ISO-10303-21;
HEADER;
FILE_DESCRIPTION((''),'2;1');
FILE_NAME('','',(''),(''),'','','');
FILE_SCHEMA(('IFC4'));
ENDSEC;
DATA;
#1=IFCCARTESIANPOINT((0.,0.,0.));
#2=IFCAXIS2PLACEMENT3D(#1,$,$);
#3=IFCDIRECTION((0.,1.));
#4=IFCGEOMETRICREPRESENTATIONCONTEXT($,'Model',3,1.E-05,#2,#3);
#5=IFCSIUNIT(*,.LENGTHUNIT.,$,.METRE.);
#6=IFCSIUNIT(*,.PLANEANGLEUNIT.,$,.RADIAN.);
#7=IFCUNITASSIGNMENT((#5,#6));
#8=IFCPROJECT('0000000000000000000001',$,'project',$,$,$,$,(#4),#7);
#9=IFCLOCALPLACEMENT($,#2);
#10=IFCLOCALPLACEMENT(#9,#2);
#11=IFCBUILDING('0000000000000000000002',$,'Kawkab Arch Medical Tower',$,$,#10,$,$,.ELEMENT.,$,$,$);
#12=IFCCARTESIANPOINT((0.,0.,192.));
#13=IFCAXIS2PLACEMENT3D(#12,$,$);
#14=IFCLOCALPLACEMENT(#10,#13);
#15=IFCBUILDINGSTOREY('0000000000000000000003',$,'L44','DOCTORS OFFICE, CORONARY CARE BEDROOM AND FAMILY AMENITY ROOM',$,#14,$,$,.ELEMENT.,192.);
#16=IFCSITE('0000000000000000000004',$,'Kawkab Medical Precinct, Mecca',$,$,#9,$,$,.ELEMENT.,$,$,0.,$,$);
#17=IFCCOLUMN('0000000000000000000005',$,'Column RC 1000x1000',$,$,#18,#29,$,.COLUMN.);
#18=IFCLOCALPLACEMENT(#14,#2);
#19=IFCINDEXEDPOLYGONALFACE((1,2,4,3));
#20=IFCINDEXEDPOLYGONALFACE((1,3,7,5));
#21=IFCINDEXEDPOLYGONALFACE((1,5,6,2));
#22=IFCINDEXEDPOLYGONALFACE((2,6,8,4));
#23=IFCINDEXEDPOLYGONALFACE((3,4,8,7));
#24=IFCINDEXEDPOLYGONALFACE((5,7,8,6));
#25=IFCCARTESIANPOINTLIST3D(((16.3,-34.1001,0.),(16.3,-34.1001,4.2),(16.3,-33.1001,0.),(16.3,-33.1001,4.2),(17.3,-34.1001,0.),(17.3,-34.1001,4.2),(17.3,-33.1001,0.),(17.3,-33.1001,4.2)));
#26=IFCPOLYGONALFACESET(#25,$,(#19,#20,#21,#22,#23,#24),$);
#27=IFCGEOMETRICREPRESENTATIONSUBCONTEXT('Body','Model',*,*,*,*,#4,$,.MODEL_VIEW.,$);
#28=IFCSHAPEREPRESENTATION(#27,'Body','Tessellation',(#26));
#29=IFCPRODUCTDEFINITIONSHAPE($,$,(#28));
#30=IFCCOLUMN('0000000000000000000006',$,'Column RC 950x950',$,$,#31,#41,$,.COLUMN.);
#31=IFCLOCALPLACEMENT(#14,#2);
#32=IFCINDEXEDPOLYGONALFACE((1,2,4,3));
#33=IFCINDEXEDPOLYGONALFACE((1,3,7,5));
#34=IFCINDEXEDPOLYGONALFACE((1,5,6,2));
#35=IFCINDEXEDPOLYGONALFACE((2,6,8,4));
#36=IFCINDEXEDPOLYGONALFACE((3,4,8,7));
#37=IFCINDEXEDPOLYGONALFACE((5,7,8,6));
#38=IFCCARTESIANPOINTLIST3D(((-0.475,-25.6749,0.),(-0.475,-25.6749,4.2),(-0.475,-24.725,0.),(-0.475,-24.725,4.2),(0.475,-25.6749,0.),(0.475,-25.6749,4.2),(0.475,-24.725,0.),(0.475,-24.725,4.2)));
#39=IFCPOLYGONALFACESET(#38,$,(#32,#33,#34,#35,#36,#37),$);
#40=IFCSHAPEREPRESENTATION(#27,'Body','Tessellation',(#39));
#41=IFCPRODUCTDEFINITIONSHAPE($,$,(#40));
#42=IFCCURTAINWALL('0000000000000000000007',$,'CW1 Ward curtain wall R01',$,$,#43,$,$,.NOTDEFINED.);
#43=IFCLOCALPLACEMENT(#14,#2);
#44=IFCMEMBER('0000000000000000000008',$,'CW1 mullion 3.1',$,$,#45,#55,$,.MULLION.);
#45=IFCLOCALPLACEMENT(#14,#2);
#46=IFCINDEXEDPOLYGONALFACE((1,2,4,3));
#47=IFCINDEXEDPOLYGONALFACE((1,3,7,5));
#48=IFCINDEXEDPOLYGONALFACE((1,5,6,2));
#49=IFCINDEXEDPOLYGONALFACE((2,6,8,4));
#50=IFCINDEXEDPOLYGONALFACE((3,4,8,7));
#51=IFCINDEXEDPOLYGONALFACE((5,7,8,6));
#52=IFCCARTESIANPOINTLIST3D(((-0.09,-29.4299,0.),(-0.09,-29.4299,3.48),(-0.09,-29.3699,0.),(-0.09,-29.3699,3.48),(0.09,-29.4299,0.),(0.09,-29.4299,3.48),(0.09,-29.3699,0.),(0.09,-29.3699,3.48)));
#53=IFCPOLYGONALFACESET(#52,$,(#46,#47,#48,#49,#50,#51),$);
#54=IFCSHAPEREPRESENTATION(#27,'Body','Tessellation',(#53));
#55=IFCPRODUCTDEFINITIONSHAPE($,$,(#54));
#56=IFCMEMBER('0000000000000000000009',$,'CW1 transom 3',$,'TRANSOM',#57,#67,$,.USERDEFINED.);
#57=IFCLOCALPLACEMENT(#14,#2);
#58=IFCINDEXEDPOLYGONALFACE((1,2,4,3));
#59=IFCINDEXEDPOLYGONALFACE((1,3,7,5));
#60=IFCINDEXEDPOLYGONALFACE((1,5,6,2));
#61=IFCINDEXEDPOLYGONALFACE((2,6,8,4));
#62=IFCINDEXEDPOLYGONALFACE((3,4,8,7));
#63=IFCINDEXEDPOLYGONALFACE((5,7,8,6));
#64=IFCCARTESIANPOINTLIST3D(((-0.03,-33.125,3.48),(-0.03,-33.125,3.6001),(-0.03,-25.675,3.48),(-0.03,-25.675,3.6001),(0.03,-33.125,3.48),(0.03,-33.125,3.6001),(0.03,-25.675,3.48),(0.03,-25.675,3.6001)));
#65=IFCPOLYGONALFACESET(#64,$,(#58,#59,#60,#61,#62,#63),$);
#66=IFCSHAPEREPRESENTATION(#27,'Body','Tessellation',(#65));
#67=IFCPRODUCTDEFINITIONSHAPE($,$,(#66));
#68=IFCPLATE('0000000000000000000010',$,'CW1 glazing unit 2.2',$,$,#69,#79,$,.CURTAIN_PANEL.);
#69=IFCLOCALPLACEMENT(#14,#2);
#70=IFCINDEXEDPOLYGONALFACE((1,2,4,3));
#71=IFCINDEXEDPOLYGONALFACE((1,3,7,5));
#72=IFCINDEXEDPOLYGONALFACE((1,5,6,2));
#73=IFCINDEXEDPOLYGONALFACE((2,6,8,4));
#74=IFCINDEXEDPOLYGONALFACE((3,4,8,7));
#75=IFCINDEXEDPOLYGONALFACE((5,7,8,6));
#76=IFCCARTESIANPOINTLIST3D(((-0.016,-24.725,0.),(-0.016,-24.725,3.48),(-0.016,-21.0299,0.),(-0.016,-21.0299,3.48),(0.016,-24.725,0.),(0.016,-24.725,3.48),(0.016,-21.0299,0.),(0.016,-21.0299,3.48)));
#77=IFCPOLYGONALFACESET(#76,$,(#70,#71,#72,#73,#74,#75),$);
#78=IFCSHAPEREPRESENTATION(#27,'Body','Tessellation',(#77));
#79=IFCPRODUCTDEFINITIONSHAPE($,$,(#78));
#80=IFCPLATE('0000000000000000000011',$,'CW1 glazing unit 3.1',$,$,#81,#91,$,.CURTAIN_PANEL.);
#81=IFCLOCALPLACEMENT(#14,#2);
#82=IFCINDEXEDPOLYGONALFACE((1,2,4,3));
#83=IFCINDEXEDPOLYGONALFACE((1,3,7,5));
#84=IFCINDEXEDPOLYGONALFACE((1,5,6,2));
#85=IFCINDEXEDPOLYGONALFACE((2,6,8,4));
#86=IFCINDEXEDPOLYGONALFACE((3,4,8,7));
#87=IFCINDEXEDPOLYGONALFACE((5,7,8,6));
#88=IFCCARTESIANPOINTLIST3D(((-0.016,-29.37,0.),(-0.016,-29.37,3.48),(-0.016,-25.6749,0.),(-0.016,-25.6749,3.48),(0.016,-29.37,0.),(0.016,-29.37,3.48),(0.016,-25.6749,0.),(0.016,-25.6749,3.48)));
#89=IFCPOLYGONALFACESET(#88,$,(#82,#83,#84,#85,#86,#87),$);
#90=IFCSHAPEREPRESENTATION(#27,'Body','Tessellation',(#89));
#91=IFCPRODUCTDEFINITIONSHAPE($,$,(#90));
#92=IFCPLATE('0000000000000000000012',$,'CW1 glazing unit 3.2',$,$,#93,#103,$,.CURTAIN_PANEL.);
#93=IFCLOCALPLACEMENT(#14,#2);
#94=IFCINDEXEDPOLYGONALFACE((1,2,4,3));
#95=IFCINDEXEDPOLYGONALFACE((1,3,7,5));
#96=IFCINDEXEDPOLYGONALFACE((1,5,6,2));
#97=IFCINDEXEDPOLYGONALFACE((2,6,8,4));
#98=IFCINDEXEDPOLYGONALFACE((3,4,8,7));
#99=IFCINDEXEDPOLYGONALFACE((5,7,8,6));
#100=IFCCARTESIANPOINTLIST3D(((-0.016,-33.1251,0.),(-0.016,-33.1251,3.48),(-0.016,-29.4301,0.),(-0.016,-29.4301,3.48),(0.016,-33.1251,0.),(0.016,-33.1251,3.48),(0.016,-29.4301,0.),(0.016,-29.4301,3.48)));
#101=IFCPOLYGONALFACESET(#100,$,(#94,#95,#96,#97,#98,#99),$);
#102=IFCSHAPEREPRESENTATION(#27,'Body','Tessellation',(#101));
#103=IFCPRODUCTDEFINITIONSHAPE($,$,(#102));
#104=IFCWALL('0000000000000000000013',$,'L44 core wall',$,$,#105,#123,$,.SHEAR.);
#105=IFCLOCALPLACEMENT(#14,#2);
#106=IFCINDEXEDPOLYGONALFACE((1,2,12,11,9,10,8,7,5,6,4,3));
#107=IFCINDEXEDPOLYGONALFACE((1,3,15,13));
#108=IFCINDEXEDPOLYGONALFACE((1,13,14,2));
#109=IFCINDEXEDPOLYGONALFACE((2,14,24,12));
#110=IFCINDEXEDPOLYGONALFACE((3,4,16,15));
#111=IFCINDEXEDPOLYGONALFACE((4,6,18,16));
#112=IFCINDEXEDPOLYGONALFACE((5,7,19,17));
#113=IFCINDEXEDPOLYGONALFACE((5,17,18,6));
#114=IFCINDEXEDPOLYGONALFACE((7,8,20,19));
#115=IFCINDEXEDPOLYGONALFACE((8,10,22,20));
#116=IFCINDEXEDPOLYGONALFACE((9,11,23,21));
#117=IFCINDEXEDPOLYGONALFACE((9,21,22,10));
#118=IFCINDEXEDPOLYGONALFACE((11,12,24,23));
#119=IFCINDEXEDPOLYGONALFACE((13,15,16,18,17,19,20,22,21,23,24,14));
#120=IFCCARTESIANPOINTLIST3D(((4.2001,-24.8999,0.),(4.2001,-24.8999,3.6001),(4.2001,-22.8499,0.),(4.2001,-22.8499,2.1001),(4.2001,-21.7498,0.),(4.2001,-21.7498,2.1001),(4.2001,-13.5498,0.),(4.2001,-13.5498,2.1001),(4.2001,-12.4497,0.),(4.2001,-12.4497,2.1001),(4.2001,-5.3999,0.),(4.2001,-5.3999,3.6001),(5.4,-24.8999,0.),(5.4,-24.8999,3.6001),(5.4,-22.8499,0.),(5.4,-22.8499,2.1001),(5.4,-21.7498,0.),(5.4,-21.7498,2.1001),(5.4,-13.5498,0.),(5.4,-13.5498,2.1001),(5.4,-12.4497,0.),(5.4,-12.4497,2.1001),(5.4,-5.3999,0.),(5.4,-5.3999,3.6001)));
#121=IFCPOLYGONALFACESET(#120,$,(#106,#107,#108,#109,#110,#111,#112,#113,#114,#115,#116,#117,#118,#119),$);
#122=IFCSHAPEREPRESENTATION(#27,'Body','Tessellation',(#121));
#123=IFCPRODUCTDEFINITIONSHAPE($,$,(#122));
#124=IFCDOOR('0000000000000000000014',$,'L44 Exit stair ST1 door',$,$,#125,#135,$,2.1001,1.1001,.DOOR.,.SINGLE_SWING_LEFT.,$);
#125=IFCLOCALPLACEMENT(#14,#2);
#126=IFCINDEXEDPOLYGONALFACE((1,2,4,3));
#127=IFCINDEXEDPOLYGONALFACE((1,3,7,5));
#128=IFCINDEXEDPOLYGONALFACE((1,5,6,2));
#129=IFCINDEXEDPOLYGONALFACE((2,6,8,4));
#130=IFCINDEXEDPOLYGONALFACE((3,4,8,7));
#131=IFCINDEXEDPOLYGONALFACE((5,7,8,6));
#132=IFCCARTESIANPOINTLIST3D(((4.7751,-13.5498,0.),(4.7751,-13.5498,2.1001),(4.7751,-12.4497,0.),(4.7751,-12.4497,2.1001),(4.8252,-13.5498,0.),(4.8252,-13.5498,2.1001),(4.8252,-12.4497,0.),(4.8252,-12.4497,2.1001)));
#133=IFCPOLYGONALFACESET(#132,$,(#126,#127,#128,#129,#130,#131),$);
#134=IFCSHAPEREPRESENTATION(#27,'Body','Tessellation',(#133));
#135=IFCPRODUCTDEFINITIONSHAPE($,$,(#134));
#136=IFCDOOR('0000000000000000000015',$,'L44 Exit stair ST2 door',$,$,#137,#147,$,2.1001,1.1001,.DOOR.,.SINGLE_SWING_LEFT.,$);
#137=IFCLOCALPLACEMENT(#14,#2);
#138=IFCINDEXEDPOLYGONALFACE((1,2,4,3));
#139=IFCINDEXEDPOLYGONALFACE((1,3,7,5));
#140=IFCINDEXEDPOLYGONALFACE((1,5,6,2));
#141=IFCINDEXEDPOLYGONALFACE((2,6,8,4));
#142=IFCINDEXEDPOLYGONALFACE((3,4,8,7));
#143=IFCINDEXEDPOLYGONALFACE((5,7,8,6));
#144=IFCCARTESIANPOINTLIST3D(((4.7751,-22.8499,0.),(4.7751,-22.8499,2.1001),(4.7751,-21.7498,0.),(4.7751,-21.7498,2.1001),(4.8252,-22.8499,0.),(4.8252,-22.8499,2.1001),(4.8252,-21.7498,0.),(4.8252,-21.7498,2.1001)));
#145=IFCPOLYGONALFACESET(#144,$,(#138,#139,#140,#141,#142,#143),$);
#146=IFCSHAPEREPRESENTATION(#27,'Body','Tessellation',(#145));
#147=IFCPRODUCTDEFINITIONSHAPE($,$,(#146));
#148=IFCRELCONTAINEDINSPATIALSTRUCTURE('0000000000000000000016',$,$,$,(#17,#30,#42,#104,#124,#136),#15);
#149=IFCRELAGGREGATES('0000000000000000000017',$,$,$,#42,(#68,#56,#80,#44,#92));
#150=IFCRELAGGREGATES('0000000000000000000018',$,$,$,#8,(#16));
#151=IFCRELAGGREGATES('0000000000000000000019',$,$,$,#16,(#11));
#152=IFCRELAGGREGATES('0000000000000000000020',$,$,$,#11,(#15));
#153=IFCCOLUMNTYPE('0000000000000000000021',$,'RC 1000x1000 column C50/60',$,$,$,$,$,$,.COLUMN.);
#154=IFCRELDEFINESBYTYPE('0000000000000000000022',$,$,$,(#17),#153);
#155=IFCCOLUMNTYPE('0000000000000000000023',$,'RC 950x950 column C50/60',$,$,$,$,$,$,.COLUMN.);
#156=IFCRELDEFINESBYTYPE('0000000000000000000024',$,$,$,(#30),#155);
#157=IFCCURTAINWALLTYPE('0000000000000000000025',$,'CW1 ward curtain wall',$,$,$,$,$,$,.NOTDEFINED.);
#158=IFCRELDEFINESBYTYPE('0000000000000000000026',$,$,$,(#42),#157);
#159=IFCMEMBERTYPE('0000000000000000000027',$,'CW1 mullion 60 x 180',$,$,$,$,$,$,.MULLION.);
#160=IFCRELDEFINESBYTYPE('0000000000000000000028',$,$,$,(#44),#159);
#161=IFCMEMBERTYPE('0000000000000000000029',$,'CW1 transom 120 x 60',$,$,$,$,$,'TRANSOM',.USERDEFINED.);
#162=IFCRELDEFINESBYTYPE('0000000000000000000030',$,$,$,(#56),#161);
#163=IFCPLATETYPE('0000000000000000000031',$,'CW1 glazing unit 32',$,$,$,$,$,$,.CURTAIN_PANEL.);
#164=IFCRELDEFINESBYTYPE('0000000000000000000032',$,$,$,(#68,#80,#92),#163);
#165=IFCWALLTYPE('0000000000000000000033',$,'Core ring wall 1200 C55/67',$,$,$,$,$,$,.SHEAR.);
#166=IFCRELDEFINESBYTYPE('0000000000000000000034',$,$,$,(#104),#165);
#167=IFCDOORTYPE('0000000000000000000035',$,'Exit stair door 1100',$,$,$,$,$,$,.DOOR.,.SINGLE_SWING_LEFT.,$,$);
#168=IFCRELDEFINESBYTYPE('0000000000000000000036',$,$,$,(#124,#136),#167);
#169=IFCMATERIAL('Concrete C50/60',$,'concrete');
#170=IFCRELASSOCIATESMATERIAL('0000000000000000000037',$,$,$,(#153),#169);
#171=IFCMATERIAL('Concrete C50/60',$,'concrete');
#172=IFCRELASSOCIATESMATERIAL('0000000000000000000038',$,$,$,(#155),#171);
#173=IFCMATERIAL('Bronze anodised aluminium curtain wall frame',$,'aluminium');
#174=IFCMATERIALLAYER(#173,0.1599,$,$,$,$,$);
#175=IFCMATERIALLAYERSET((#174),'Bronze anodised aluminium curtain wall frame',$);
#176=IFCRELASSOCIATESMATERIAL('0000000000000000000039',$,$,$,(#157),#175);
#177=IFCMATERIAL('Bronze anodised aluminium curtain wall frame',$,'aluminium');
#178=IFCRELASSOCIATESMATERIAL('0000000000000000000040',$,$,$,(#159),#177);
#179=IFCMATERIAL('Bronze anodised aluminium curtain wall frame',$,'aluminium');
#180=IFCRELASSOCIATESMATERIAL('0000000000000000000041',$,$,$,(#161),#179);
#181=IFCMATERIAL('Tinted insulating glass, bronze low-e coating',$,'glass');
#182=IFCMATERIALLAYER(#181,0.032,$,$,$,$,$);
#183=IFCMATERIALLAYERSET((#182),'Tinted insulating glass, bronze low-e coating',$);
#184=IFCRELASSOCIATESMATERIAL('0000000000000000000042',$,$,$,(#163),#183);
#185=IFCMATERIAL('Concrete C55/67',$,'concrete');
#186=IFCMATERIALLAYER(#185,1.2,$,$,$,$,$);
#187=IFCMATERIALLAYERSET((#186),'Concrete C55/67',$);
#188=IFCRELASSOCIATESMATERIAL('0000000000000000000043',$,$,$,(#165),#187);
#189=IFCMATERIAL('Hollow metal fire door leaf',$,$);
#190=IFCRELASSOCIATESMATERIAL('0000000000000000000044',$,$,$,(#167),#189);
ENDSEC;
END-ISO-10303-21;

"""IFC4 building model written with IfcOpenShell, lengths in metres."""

from ifc_helpers import new_model, si_unit, direction, frame, frame_2d, origin, origin_2d, place, context, subcontext, project, spatial, rectangle, extrude, material, layer, layer_set, material_profile, profile_set, type_object, element, fill, aggregate, save


model = new_model("IFC4")

# Units and contexts
model_context = context("Model", 3, precision=1e-05, world=origin(), true_north=direction((0.0, 1.0)))
body_context = subcontext(model_context, "Body", "Model", "MODEL_VIEW")
ifc_project = project(units=[si_unit("LENGTHUNIT", "METRE"), si_unit("PLANEANGLEUNIT", "RADIAN")], contexts=[model_context])

# Site, building, storey
site_placement = place(None, origin())
site = spatial("IfcSite", under=ifc_project, at=site_placement, Name="Kawkab Medical Precinct, Mecca", CompositionType="ELEMENT", RefElevation=0.0)
building_placement = place(site_placement, origin())
building = spatial("IfcBuilding", under=site, at=building_placement, Name="Kawkab Arch Medical Tower", CompositionType="ELEMENT")
storey_placement = place(building_placement, frame((0.0, 0.0, 192.0)))
storey = spatial("IfcBuildingStorey", under=building, at=storey_placement, Name="L44", Description="DOCTORS OFFICE, CORONARY CARE BEDROOM AND FAMILY AMENITY ROOM", CompositionType="ELEMENT", Elevation=192.0)

# Columns
ifc_material_1 = material(Name="Concrete C50/60", Category="concrete")
ifc_material_profile_1 = material_profile(ifc_material_1, rectangle(XDim=1.0, YDim=1.0, at=origin_2d()), Name="RC 1000x1000")
ifc_profile_set_1 = profile_set([ifc_material_profile_1], Name="Concrete C50/60")
column_type_1 = type_object("IfcColumnType", Name="RC 1000x1000 column C50/60", PredefinedType="COLUMN", material=ifc_profile_set_1)
column_1_placement = place(storey_placement, frame((16.8, -33.6001, 0.0), z_axis=(0.0, 0.0, 1.0), x_axis=(1.0, 0.0, 0.0)))
element("IfcColumn", 1, at=column_1_placement, inside=storey, type_object=column_type_1, Name="Column RC 1000x1000", PredefinedType="COLUMN", context=body_context, shape_type="SweptSolid", body=[
    extrude(rectangle(XDim=1.0, YDim=1.0, at=origin_2d()), origin(), (0.0, 0.0, 1.0), 4.2),
])
ifc_material_2 = material(Name="Concrete C50/60", Category="concrete")
ifc_material_profile_2 = material_profile(ifc_material_2, rectangle(XDim=0.95, YDim=0.95, at=origin_2d()), Name="RC 950x950")
ifc_profile_set_2 = profile_set([ifc_material_profile_2], Name="Concrete C50/60")
column_type_2 = type_object("IfcColumnType", Name="RC 950x950 column C50/60", PredefinedType="COLUMN", material=ifc_profile_set_2)
column_2_placement = place(storey_placement, frame((0.0, -25.2, 0.0), z_axis=(0.0, 0.0, 1.0), x_axis=(1.0, 0.0, 0.0)))
element("IfcColumn", 2, at=column_2_placement, inside=storey, type_object=column_type_2, Name="Column RC 950x950", PredefinedType="COLUMN", context=body_context, shape_type="SweptSolid", body=[
    extrude(rectangle(XDim=0.95, YDim=0.95, at=origin_2d()), origin(), (0.0, 0.0, 1.0), 4.2),
])

# Curtain wall, members, plates
ifc_material_3 = material(Name="Bronze anodised aluminium curtain wall frame", Category="aluminium")
ifc_layer_1 = layer(ifc_material_3, 0.1599)
ifc_layer_set_1 = layer_set([ifc_layer_1], Name="Bronze anodised aluminium curtain wall frame")
curtain_wall_type = type_object("IfcCurtainWallType", Name="CW1 ward curtain wall", PredefinedType="NOTDEFINED", material=ifc_layer_set_1)
placement = place(storey_placement, origin())
curtain_wall = element("IfcCurtainWall", 3, at=placement, inside=storey, type_object=curtain_wall_type, Name="CW1 Ward curtain wall R01", PredefinedType="NOTDEFINED")
ifc_material_4 = material(Name="Bronze anodised aluminium curtain wall frame", Category="aluminium")
ifc_material_profile_3 = material_profile(ifc_material_4, rectangle(XDim=0.1799, YDim=0.0601, at=origin_2d()), Name="AL 60x180")
ifc_profile_set_3 = profile_set([ifc_material_profile_3], Name="Bronze anodised aluminium curtain wall frame")
member_type_1 = type_object("IfcMemberType", Name="CW1 mullion 60 x 180", PredefinedType="MULLION", material=ifc_profile_set_3)
member_1_placement = place(storey_placement, frame((0.0, -29.3999, 0.0), z_axis=(0.0, 0.0, 1.0), x_axis=(1.0, 0.0, 0.0)))
member_1 = element("IfcMember", 4, at=member_1_placement, type_object=member_type_1, Name="CW1 mullion 3.1", PredefinedType="MULLION", context=body_context, shape_type="SweptSolid", body=[
    extrude(rectangle(XDim=0.1799, YDim=0.0601, at=origin_2d()), origin(), (0.0, 0.0, 1.0), 3.48),
])
ifc_material_5 = material(Name="Bronze anodised aluminium curtain wall frame", Category="aluminium")
ifc_material_profile_4 = material_profile(ifc_material_5, rectangle(XDim=0.0601, YDim=0.1201, at=origin_2d()), Name="AL 60x120")
ifc_profile_set_4 = profile_set([ifc_material_profile_4], Name="Bronze anodised aluminium curtain wall frame")
member_type_2 = type_object("IfcMemberType", Name="CW1 transom 120 x 60", ElementType="TRANSOM", PredefinedType="USERDEFINED", material=ifc_profile_set_4)
member_2_placement = place(storey_placement, frame((0.0, -25.675, 3.54), z_axis=(0.0, -1.0, 0.0), x_axis=(1.0, 0.0, 0.0)))
member_2 = element("IfcMember", 5, at=member_2_placement, type_object=member_type_2, Name="CW1 transom 3", ObjectType="TRANSOM", PredefinedType="USERDEFINED", context=body_context, shape_type="SweptSolid", body=[
    extrude(rectangle(XDim=0.0601, YDim=0.1201, at=origin_2d()), origin(), (0.0, 0.0, 1.0), 7.45),
])
ifc_material_6 = material(Name="Tinted insulating glass, bronze low-e coating", Category="glass")
ifc_layer_2 = layer(ifc_material_6, 0.032)
ifc_layer_set_2 = layer_set([ifc_layer_2], Name="Tinted insulating glass, bronze low-e coating")
plate_type = type_object("IfcPlateType", Name="CW1 glazing unit 32", PredefinedType="CURTAIN_PANEL", material=ifc_layer_set_2)
plate_1_placement = place(storey_placement, frame((0.0, -22.8774, 0.0), z_axis=(0.0, 0.0, 1.0), x_axis=(0.0, -1.0, 0.0)))
plate_1 = element("IfcPlate", 6, at=plate_1_placement, type_object=plate_type, Name="CW1 glazing unit 2.2", PredefinedType="CURTAIN_PANEL", context=body_context, shape_type="SweptSolid", body=[
    extrude(rectangle(XDim=3.6951, YDim=0.032, at=origin_2d()), origin(), (0.0, 0.0, 1.0), 3.48),
])
plate_2_placement = place(storey_placement, frame((0.0, -27.5225, 0.0), z_axis=(0.0, 0.0, 1.0), x_axis=(0.0, -1.0, 0.0)))
plate_2 = element("IfcPlate", 7, at=plate_2_placement, type_object=plate_type, Name="CW1 glazing unit 3.1", PredefinedType="CURTAIN_PANEL", context=body_context, shape_type="SweptSolid", body=[
    extrude(rectangle(XDim=3.6951, YDim=0.032, at=origin_2d()), origin(), (0.0, 0.0, 1.0), 3.48),
])
plate_3_placement = place(storey_placement, frame((0.0, -31.2776, 0.0), z_axis=(0.0, 0.0, 1.0), x_axis=(0.0, -1.0, 0.0)))
plate_3 = element("IfcPlate", 8, at=plate_3_placement, type_object=plate_type, Name="CW1 glazing unit 3.2", PredefinedType="CURTAIN_PANEL", context=body_context, shape_type="SweptSolid", body=[
    extrude(rectangle(XDim=3.6951, YDim=0.032, at=origin_2d()), origin(), (0.0, 0.0, 1.0), 3.48),
])
aggregate(curtain_wall, [plate_1, member_2, plate_2, member_1, plate_3])

# Wall, openings, doors
ifc_material_7 = material(Name="Concrete C55/67", Category="concrete")
ifc_layer_3 = layer(ifc_material_7, 1.2)
ifc_layer_set_3 = layer_set([ifc_layer_3], Name="Concrete C55/67")
wall_type_1 = type_object("IfcWallType", Name="Core ring wall 1200 C55/67", PredefinedType="SHEAR", material=ifc_layer_set_3)
wall_1_placement = place(storey_placement, frame((4.8, -24.8999, 0.0), z_axis=(0.0, 0.0, 1.0), x_axis=(0.0, 1.0, 0.0)))
wall_1 = element("IfcWall", 9, at=wall_1_placement, inside=storey, type_object=wall_type_1, Name="L44 core wall", PredefinedType="SHEAR", context=body_context, shape_type="SweptSolid", body=[
    extrude(rectangle(XDim=19.5, YDim=1.2, at=frame_2d((9.75, 0.0))), origin(), (0.0, 0.0, 1.0), 3.6001),
])
opening_1_placement = place(wall_1_placement, frame((11.3501, 0.0, 0.0)))
opening_1 = element("IfcOpeningElement", 10, at=opening_1_placement, cuts=wall_1, PredefinedType="OPENING", context=body_context, shape_type="SweptSolid", body=[
    extrude(rectangle(XDim=1.1001, YDim=2.1001, at=frame_2d((0.55, 1.05))), frame((0.0, 0.6099, 0.0), z_axis=(0.0, -1.0, 0.0), x_axis=(1.0, 0.0, 0.0)), (0.0, 0.0, 1.0), 1.22),
])
opening_2_placement = place(wall_1_placement, frame((2.05, 0.0, 0.0)))
opening_2 = element("IfcOpeningElement", 11, at=opening_2_placement, cuts=wall_1, PredefinedType="OPENING", context=body_context, shape_type="SweptSolid", body=[
    extrude(rectangle(XDim=1.1001, YDim=2.1001, at=frame_2d((0.55, 1.05))), frame((0.0, 0.6099, 0.0), z_axis=(0.0, -1.0, 0.0), x_axis=(1.0, 0.0, 0.0)), (0.0, 0.0, 1.0), 1.22),
])
ifc_material_8 = material(Name="Hollow metal fire door leaf")
door_type_1 = type_object("IfcDoorType", Name="Exit stair door 1100", OperationType="SINGLE_SWING_LEFT", PredefinedType="DOOR", material=ifc_material_8)
door_1_placement = place(opening_1_placement, origin())
door_1 = element("IfcDoor", 12, at=door_1_placement, inside=storey, type_object=door_type_1, Name="L44 Exit stair ST1 door", OperationType="SINGLE_SWING_LEFT", OverallHeight=2.1001, OverallWidth=1.1001, PredefinedType="DOOR", context=body_context, shape_type="SweptSolid", body=[
    extrude(rectangle(XDim=1.1001, YDim=2.1001, at=frame_2d((0.55, 1.05))), frame((0.0, 0.0249, 0.0), z_axis=(0.0, -1.0, 0.0), x_axis=(1.0, 0.0, 0.0)), (0.0, 0.0, 1.0), 0.05),
])
fill(opening_1, door_1)
door_2_placement = place(opening_2_placement, origin())
door_2 = element("IfcDoor", 13, at=door_2_placement, inside=storey, type_object=door_type_1, Name="L44 Exit stair ST2 door", OperationType="SINGLE_SWING_LEFT", OverallHeight=2.1001, OverallWidth=1.1001, PredefinedType="DOOR", context=body_context, shape_type="SweptSolid", body=[
    extrude(rectangle(XDim=1.1001, YDim=2.1001, at=frame_2d((0.55, 1.05))), frame((0.0, 0.0249, 0.0), z_axis=(0.0, -1.0, 0.0), x_axis=(1.0, 0.0, 0.0)), (0.0, 0.0, 1.0), 0.05),
])
fill(opening_2, door_2)

save(model, "model.ifc")
